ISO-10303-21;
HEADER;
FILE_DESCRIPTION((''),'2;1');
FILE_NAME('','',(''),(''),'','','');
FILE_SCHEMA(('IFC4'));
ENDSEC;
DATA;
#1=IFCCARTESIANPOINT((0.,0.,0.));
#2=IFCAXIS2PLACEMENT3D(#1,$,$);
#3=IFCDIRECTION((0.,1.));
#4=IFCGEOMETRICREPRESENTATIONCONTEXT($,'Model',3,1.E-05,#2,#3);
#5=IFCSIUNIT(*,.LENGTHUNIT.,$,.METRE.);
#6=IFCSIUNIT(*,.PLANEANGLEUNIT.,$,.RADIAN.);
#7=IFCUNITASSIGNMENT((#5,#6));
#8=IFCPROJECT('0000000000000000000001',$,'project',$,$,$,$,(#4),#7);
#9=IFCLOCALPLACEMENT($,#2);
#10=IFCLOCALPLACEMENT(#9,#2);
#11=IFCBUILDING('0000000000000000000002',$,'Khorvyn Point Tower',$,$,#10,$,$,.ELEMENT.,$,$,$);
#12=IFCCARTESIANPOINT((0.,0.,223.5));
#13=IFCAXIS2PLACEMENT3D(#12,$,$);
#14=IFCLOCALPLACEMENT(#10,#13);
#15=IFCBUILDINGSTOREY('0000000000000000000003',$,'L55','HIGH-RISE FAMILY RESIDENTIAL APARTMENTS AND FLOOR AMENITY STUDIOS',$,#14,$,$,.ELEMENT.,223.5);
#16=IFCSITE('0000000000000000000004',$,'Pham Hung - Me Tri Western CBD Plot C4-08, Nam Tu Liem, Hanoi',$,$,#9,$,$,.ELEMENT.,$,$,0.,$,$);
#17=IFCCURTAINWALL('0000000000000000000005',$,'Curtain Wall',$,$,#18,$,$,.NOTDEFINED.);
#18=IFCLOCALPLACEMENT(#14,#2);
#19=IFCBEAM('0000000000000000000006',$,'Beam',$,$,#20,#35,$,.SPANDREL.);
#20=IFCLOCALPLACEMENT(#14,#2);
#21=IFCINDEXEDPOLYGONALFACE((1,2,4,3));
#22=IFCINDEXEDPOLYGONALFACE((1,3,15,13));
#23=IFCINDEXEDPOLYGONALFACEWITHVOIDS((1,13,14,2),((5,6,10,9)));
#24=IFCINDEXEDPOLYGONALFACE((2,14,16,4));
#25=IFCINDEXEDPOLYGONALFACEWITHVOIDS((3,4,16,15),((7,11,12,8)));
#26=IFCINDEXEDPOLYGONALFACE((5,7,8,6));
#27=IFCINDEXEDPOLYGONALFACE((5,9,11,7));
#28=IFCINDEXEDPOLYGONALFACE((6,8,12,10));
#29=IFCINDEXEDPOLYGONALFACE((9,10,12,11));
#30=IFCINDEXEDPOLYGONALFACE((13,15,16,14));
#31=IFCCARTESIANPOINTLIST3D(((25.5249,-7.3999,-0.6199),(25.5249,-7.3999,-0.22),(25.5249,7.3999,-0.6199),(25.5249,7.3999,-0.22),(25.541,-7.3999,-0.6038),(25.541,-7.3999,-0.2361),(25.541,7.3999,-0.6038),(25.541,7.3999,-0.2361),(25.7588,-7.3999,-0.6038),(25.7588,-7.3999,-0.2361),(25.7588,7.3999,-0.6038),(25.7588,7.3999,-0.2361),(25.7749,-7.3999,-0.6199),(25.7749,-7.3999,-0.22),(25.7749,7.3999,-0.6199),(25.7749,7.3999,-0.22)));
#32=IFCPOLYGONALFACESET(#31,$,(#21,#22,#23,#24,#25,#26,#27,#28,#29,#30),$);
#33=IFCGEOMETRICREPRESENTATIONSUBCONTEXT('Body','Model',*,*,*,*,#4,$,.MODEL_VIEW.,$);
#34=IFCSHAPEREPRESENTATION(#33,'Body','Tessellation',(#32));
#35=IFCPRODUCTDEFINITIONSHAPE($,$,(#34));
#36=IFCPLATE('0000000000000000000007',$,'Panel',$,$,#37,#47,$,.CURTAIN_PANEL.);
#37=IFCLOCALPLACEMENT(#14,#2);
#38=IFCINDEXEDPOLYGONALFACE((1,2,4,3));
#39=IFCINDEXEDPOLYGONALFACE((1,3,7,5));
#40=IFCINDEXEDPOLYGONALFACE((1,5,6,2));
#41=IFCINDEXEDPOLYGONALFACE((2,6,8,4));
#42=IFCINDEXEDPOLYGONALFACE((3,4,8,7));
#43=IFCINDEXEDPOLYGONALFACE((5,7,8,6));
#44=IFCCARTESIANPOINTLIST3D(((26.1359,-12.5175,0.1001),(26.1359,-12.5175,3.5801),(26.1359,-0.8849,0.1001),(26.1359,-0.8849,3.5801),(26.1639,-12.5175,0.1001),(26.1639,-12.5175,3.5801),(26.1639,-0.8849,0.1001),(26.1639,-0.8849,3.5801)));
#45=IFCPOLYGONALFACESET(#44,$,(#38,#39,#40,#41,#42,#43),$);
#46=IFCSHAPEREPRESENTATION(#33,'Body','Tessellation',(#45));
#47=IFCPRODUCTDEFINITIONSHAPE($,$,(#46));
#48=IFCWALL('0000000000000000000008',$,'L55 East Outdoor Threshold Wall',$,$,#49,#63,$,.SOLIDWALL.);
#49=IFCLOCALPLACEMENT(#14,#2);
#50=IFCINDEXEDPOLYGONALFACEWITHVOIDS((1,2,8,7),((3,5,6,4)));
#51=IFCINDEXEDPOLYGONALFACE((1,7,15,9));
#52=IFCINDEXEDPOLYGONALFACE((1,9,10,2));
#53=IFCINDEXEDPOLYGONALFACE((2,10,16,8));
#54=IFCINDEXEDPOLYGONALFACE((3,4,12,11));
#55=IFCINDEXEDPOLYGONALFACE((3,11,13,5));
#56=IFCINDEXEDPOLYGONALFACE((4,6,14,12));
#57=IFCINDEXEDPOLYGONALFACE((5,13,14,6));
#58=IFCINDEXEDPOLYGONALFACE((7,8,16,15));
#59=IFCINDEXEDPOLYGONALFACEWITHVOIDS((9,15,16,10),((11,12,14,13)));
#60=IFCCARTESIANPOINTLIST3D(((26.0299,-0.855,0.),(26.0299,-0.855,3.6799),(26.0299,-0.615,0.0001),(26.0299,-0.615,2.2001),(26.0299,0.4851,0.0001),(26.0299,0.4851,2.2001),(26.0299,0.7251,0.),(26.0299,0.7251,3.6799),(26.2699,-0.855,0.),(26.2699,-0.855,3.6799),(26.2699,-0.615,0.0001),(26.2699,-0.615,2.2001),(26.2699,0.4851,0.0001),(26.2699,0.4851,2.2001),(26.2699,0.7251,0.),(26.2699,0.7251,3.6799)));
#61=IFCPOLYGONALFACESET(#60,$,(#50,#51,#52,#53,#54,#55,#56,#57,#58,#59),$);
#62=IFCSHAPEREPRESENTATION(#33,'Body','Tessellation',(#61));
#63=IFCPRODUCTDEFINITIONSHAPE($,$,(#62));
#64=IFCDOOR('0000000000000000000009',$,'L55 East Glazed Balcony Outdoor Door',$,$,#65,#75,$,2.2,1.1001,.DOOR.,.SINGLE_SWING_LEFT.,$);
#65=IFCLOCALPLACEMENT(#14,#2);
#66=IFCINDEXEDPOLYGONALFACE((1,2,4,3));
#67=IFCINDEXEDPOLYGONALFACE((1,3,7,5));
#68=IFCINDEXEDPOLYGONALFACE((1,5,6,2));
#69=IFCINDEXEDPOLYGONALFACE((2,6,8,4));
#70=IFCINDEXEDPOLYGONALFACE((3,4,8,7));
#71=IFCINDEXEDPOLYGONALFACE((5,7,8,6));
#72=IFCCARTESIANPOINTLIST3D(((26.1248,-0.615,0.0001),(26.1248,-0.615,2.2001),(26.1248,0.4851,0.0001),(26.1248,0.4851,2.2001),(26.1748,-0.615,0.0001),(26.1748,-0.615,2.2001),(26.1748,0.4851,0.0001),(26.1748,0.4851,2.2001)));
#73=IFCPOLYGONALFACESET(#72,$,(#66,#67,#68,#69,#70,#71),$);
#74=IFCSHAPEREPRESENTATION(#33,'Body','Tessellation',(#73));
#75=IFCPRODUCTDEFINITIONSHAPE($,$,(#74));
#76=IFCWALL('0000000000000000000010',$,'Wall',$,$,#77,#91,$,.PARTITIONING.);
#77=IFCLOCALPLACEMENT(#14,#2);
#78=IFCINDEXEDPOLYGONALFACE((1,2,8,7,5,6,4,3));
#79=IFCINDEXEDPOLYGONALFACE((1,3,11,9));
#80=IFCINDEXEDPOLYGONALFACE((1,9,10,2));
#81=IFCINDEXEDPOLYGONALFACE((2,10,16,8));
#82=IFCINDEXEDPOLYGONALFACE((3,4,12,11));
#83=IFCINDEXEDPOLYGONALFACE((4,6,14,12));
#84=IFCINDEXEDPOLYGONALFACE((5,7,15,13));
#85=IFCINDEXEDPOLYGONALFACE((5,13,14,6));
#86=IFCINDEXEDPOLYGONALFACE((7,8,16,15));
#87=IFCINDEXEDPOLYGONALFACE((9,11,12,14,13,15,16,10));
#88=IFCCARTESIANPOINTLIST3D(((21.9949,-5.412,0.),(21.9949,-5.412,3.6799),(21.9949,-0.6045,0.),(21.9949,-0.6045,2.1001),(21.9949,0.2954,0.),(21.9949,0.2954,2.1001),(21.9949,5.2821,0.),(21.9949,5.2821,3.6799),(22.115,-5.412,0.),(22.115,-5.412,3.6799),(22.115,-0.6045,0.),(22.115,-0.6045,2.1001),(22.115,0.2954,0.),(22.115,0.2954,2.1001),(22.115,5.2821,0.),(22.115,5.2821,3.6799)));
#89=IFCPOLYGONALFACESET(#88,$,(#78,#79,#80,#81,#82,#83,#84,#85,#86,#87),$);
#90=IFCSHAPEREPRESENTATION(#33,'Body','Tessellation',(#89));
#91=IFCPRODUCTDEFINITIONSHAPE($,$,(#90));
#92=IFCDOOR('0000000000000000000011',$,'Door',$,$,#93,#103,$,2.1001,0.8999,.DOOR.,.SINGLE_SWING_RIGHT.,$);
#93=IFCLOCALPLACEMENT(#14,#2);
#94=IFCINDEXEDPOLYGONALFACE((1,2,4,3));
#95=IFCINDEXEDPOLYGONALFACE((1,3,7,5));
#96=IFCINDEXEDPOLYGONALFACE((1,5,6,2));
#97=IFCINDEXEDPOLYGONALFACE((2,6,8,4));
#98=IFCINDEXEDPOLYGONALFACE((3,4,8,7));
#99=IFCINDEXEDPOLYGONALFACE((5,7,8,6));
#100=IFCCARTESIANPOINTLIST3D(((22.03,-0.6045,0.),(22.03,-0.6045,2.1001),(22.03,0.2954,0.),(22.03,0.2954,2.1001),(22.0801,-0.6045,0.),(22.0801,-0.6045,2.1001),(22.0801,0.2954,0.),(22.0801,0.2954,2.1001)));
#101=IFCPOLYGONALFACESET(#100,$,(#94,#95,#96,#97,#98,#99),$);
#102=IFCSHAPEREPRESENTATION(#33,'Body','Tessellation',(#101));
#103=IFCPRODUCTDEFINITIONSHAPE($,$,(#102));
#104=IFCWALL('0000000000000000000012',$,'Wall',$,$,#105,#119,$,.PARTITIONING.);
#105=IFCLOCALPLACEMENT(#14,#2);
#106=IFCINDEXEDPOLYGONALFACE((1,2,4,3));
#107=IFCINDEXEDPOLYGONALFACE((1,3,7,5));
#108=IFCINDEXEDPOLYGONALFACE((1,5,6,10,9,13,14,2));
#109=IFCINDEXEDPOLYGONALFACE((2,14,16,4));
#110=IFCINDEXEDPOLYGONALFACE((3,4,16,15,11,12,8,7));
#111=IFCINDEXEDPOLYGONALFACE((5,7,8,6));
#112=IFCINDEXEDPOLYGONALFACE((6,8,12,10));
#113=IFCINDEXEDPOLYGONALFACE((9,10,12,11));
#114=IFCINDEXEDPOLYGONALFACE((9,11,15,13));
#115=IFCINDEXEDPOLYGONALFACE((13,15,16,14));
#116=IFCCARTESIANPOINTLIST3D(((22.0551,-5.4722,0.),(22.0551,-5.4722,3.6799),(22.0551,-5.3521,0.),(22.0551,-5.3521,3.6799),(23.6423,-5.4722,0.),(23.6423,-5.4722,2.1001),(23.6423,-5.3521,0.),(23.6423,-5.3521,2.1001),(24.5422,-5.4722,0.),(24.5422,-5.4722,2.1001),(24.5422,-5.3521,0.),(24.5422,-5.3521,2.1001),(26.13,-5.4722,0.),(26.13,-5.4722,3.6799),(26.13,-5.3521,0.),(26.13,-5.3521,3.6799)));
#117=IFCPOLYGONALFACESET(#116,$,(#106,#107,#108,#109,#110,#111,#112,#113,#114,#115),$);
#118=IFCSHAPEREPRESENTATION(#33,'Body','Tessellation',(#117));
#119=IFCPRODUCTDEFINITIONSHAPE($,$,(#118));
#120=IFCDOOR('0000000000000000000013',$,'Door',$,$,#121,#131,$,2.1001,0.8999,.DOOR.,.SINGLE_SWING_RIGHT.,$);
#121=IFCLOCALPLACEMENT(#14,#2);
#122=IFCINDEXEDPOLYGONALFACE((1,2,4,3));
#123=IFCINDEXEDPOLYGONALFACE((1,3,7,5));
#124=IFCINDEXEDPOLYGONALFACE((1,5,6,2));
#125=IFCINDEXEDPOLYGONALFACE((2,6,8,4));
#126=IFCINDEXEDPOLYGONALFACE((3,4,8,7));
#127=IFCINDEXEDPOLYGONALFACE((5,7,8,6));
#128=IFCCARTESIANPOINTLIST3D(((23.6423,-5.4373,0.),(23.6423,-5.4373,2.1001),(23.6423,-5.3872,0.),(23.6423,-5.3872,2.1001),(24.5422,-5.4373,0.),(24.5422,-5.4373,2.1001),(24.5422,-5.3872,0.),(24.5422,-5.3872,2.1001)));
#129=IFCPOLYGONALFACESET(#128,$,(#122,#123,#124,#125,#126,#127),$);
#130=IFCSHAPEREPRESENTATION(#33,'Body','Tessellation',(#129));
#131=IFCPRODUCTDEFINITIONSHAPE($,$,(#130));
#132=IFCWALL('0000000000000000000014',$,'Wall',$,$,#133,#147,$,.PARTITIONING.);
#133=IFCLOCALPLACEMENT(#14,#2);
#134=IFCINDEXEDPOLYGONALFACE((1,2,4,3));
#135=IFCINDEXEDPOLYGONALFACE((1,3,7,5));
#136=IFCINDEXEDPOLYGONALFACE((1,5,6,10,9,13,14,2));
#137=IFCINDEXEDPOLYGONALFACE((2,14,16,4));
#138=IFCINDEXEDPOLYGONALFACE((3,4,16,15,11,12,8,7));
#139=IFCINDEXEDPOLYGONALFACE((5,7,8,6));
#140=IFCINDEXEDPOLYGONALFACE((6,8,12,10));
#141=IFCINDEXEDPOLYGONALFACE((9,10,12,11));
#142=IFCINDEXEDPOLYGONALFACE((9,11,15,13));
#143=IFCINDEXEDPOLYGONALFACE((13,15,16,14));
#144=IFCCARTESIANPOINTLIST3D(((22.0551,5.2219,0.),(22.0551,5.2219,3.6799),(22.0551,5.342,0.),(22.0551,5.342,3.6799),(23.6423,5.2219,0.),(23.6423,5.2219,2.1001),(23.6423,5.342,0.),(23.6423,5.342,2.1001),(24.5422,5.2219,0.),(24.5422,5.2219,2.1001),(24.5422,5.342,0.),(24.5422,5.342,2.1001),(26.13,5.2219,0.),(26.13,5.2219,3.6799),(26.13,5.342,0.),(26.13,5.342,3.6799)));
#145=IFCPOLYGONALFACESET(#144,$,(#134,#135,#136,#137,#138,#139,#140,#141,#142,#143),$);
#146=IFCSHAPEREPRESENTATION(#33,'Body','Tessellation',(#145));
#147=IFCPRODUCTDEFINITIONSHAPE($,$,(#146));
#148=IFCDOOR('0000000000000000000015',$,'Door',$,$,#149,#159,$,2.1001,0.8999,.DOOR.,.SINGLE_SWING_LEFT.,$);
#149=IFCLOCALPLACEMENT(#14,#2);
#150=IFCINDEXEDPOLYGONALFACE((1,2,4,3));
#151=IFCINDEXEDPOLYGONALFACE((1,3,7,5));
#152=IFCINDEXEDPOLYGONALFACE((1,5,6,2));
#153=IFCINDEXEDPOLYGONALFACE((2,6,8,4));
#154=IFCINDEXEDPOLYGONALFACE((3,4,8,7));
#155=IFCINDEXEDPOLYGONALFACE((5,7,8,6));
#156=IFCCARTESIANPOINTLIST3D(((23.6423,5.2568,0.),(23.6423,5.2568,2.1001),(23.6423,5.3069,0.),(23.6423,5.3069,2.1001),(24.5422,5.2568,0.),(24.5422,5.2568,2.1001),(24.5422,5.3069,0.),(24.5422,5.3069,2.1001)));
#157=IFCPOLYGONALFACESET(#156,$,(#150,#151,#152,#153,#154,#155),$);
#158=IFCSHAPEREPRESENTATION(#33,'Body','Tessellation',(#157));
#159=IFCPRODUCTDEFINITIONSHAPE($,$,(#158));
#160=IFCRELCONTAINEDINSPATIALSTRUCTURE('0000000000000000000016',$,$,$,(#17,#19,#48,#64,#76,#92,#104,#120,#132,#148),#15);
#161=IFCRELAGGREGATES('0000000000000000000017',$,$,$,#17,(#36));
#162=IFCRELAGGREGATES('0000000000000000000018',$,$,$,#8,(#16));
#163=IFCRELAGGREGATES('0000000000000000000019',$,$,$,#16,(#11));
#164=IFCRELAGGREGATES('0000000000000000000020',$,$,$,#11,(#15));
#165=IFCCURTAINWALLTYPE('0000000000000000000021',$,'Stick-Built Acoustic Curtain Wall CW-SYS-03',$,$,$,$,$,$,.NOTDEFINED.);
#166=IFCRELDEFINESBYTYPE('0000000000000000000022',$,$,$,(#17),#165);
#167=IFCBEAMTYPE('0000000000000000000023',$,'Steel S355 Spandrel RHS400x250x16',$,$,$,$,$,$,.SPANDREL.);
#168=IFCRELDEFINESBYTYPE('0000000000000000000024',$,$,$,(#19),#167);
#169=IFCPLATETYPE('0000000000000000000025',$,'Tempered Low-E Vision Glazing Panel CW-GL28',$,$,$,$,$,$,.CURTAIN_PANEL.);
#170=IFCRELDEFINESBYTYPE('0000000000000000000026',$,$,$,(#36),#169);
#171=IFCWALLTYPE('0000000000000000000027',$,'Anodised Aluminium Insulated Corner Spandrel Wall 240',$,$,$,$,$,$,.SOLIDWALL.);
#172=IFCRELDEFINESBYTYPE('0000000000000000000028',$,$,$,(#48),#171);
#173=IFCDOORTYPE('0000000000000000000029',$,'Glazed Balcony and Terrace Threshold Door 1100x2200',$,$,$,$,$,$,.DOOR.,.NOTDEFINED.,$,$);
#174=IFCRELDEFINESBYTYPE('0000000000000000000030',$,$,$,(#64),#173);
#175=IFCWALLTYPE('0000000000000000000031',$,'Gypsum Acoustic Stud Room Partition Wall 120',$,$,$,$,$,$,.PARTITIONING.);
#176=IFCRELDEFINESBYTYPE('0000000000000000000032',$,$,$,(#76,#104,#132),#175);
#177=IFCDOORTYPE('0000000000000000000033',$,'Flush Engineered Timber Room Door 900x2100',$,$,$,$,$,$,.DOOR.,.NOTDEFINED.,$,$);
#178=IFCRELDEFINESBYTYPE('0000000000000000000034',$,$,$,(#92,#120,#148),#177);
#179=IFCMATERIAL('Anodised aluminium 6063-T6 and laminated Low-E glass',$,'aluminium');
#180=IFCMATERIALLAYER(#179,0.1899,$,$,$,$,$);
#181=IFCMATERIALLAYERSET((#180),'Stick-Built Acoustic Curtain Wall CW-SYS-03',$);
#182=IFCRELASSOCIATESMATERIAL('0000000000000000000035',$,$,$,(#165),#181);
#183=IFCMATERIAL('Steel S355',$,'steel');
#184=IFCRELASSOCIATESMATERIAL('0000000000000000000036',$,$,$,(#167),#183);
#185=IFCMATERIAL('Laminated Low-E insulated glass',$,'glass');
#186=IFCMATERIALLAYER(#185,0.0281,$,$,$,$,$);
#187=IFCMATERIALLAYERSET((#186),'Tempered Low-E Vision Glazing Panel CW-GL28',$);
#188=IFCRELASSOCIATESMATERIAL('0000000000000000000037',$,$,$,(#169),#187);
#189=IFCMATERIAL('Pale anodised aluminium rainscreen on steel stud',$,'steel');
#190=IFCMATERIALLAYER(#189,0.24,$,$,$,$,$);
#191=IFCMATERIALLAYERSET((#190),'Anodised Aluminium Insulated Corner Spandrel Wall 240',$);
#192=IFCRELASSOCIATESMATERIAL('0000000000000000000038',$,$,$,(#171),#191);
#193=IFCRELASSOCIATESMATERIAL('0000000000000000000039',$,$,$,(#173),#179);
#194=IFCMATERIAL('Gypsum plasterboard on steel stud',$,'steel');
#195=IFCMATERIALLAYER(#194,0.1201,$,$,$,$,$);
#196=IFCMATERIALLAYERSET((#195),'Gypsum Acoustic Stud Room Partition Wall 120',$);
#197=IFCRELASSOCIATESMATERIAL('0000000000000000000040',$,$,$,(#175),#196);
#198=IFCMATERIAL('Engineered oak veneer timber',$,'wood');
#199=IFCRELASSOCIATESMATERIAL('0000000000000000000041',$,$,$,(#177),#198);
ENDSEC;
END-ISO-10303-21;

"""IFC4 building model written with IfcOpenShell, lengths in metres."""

from ifc_helpers import new_model, si_unit, direction, frame, frame_2d, origin, origin_2d, place, context, subcontext, project, spatial, rectangle, hollow_rectangle, extrude, material, layer, layer_set, material_profile, profile_set, type_object, element, fill, aggregate, save


model = new_model("IFC4")

# Units and contexts
model_context = context("Model", 3, precision=1e-05, world=origin(), true_north=direction((0.0, 1.0)))
body_context = subcontext(model_context, "Body", "Model", "MODEL_VIEW")
ifc_project = project(units=[si_unit("LENGTHUNIT", "METRE"), si_unit("PLANEANGLEUNIT", "RADIAN")], contexts=[model_context])

# Site, building, storey
site_placement = place(None, origin())
site = spatial("IfcSite", under=ifc_project, at=site_placement, Name="Pham Hung - Me Tri Western CBD Plot C4-08, Nam Tu Liem, Hanoi", CompositionType="ELEMENT", RefElevation=0.0)
building_placement = place(site_placement, origin())
building = spatial("IfcBuilding", under=site, at=building_placement, Name="Khorvyn Point Tower", CompositionType="ELEMENT")
storey_placement = place(building_placement, frame((0.0, 0.0, 223.5)))
storey = spatial("IfcBuildingStorey", under=building, at=storey_placement, Name="L55", Description="HIGH-RISE FAMILY RESIDENTIAL APARTMENTS AND FLOOR AMENITY STUDIOS", CompositionType="ELEMENT", Elevation=223.5)

# Shared definitions
ifc_material_1 = material(Name="Anodised aluminium 6063-T6 and laminated Low-E glass", Category="aluminium")
ifc_layer_1 = layer(ifc_material_1, 0.1899)
ifc_layer_set_1 = layer_set([ifc_layer_1], Name="Stick-Built Acoustic Curtain Wall CW-SYS-03")
curtain_wall_type = type_object("IfcCurtainWallType", Name="Stick-Built Acoustic Curtain Wall CW-SYS-03", PredefinedType="NOTDEFINED", material=ifc_layer_set_1)

# Curtain wall
curtain_wall_1_placement = place(storey_placement, origin())
curtain_wall_1 = element("IfcCurtainWall", 1, at=curtain_wall_1_placement, inside=storey, type_object=curtain_wall_type, Name="Curtain Wall", PredefinedType="NOTDEFINED")

# Beam
ifc_material_2 = material(Name="Steel S355", Category="steel")
ifc_material_profile_1 = material_profile(ifc_material_2, hollow_rectangle(XDim=0.25, YDim=0.3999, WallThickness=0.0161, at=origin_2d()))
ifc_profile_set_1 = profile_set([ifc_material_profile_1], Name="Steel S355 RHS400x250x16")
beam_type_1 = type_object("IfcBeamType", Name="Steel S355 Spandrel RHS400x250x16", PredefinedType="SPANDREL", material=ifc_profile_set_1)
beam_1_placement = place(storey_placement, frame((25.6499, -7.3999, -0.4199), z_axis=(0.0, 1.0, 0.0), x_axis=(-1.0, 0.0, 0.0)))
element("IfcBeam", 2, at=beam_1_placement, inside=storey, type_object=beam_type_1, Name="Beam", PredefinedType="SPANDREL", context=body_context, shape_type="SweptSolid", body=[
    extrude(hollow_rectangle(XDim=0.25, YDim=0.3999, WallThickness=0.0161, at=origin_2d()), origin(), (0.0, 0.0, 1.0), 14.7998),
])

# Plate
ifc_material_3 = material(Name="Laminated Low-E insulated glass", Category="glass")
ifc_layer_2 = layer(ifc_material_3, 0.0281)
ifc_layer_set_2 = layer_set([ifc_layer_2], Name="Tempered Low-E Vision Glazing Panel CW-GL28")
plate_type = type_object("IfcPlateType", Name="Tempered Low-E Vision Glazing Panel CW-GL28", PredefinedType="CURTAIN_PANEL", material=ifc_layer_set_2)
plate_placement = place(storey_placement, frame((26.1499, -6.7012, 0.1001), z_axis=(0.0, 0.0, 1.0), x_axis=(0.0, -1.0, 0.0)))
plate = element("IfcPlate", 3, at=plate_placement, type_object=plate_type, Name="Panel", PredefinedType="CURTAIN_PANEL", context=body_context, shape_type="SweptSolid", body=[
    extrude(rectangle(XDim=11.6326, YDim=0.0281, at=origin_2d()), origin(), (0.0, 0.0, 1.0), 3.48),
])
aggregate(curtain_wall_1, [plate])

# Walls, openings, doors
ifc_material_4 = material(Name="Pale anodised aluminium rainscreen on steel stud", Category="steel")
ifc_layer_3 = layer(ifc_material_4, 0.24)
ifc_layer_set_3 = layer_set([ifc_layer_3], Name="Anodised Aluminium Insulated Corner Spandrel Wall 240")
wall_type_1 = type_object("IfcWallType", Name="Anodised Aluminium Insulated Corner Spandrel Wall 240", PredefinedType="SOLIDWALL", material=ifc_layer_set_3)
wall_1_placement = place(storey_placement, frame((26.1499, 0.7251, 0.0), z_axis=(0.0, 0.0, 1.0), x_axis=(0.0, -1.0, 0.0)))
wall_1 = element("IfcWall", 4, at=wall_1_placement, inside=storey, type_object=wall_type_1, Name="L55 East Outdoor Threshold Wall", PredefinedType="SOLIDWALL", context=body_context, shape_type="SweptSolid", body=[
    extrude(rectangle(XDim=1.5801, YDim=0.24, at=frame_2d((0.79, 0.0))), origin(), (0.0, 0.0, 1.0), 3.6799),
])
opening_1_placement = place(wall_1_placement, frame((0.24, 0.0, 0.0)))
opening_1 = element("IfcOpeningElement", 5, at=opening_1_placement, cuts=wall_1, PredefinedType="OPENING", context=body_context, shape_type="SweptSolid", body=[
    extrude(rectangle(XDim=1.1001, YDim=2.2, at=frame_2d((0.55, 1.1001))), frame((0.0, 0.1299, 0.0), z_axis=(0.0, -1.0, 0.0), x_axis=(1.0, 0.0, 0.0)), (0.0, 0.0, 1.0), 0.26),
])
door_type_1 = type_object("IfcDoorType", Name="Glazed Balcony and Terrace Threshold Door 1100x2200", OperationType="NOTDEFINED", PredefinedType="DOOR", material=ifc_material_1)
door_1_placement = place(opening_1_placement, origin())
door_1 = element("IfcDoor", 6, at=door_1_placement, inside=storey, type_object=door_type_1, Name="L55 East Glazed Balcony Outdoor Door", OperationType="SINGLE_SWING_LEFT", OverallHeight=2.2, OverallWidth=1.1001, PredefinedType="DOOR", context=body_context, shape_type="SweptSolid", body=[
    extrude(rectangle(XDim=1.1001, YDim=2.2, at=frame_2d((0.55, 1.1001))), frame((0.0, 0.0249, 0.0), z_axis=(0.0, -1.0, 0.0), x_axis=(1.0, 0.0, 0.0)), (0.0, 0.0, 1.0), 0.05),
])
fill(opening_1, door_1)
ifc_material_5 = material(Name="Gypsum plasterboard on steel stud", Category="steel")
ifc_layer_4 = layer(ifc_material_5, 0.1201)
ifc_layer_set_4 = layer_set([ifc_layer_4], Name="Gypsum Acoustic Stud Room Partition Wall 120")
wall_type_2 = type_object("IfcWallType", Name="Gypsum Acoustic Stud Room Partition Wall 120", PredefinedType="PARTITIONING", material=ifc_layer_set_4)
wall_2_placement = place(storey_placement, frame((22.0549, -5.4121, 0.0), z_axis=(0.0, 0.0, 1.0), x_axis=(0.0, 1.0, 0.0)))
wall_2 = element("IfcWall", 7, at=wall_2_placement, inside=storey, type_object=wall_type_2, Name="Wall", PredefinedType="PARTITIONING", context=body_context, shape_type="SweptSolid", body=[
    extrude(rectangle(XDim=10.6941, YDim=0.1201, at=frame_2d((5.3472, 0.0))), origin(), (0.0, 0.0, 1.0), 3.6799),
])
opening_2_placement = place(wall_2_placement, frame((4.8076, 0.0, 0.0)))
opening_2 = element("IfcOpeningElement", 8, at=opening_2_placement, cuts=wall_2, PredefinedType="OPENING", context=body_context, shape_type="SweptSolid", body=[
    extrude(rectangle(XDim=0.8999, YDim=2.1001, at=frame_2d((0.45, 1.05))), frame((0.0, 0.0701, 0.0), z_axis=(0.0, -1.0, 0.0), x_axis=(1.0, 0.0, 0.0)), (0.0, 0.0, 1.0), 0.1401),
])
ifc_material_6 = material(Name="Engineered oak veneer timber", Category="wood")
door_type_2 = type_object("IfcDoorType", Name="Flush Engineered Timber Room Door 900x2100", OperationType="NOTDEFINED", PredefinedType="DOOR", material=ifc_material_6)
door_2_placement = place(opening_2_placement, origin())
door_2 = element("IfcDoor", 9, at=door_2_placement, inside=storey, type_object=door_type_2, Name="Door", OperationType="SINGLE_SWING_RIGHT", OverallHeight=2.1001, OverallWidth=0.8999, PredefinedType="DOOR", context=body_context, shape_type="SweptSolid", body=[
    extrude(rectangle(XDim=0.8999, YDim=2.1001, at=frame_2d((0.45, 1.05))), frame((0.0, 0.0249, 0.0), z_axis=(0.0, -1.0, 0.0), x_axis=(1.0, 0.0, 0.0)), (0.0, 0.0, 1.0), 0.05),
])
fill(opening_2, door_2)
wall_3_placement = place(storey_placement, frame((22.0549, -5.4121, 0.0), z_axis=(0.0, 0.0, 1.0), x_axis=(1.0, 0.0, 0.0)))
wall_3 = element("IfcWall", 10, at=wall_3_placement, inside=storey, type_object=wall_type_2, Name="Wall", PredefinedType="PARTITIONING", context=body_context, shape_type="SweptSolid", body=[
    extrude(rectangle(XDim=4.075, YDim=0.1201, at=frame_2d((2.0376, 0.0))), origin(), (0.0, 0.0, 1.0), 3.6799),
])
opening_3_placement = place(wall_3_placement, frame((1.5874, 0.0, 0.0)))
opening_3 = element("IfcOpeningElement", 11, at=opening_3_placement, cuts=wall_3, PredefinedType="OPENING", context=body_context, shape_type="SweptSolid", body=[
    extrude(rectangle(XDim=0.8999, YDim=2.1001, at=frame_2d((0.45, 1.05))), frame((0.0, 0.0701, 0.0), z_axis=(0.0, -1.0, 0.0), x_axis=(1.0, 0.0, 0.0)), (0.0, 0.0, 1.0), 0.1401),
])
door_3_placement = place(opening_3_placement, origin())
door_3 = element("IfcDoor", 12, at=door_3_placement, inside=storey, type_object=door_type_2, Name="Door", OperationType="SINGLE_SWING_RIGHT", OverallHeight=2.1001, OverallWidth=0.8999, PredefinedType="DOOR", context=body_context, shape_type="SweptSolid", body=[
    extrude(rectangle(XDim=0.8999, YDim=2.1001, at=frame_2d((0.45, 1.05))), frame((0.0, 0.0249, 0.0), z_axis=(0.0, -1.0, 0.0), x_axis=(1.0, 0.0, 0.0)), (0.0, 0.0, 1.0), 0.05),
])
fill(opening_3, door_3)
wall_4_placement = place(storey_placement, frame((22.0549, 5.282, 0.0), z_axis=(0.0, 0.0, 1.0), x_axis=(1.0, 0.0, 0.0)))
wall_4 = element("IfcWall", 13, at=wall_4_placement, inside=storey, type_object=wall_type_2, Name="Wall", PredefinedType="PARTITIONING", context=body_context, shape_type="SweptSolid", body=[
    extrude(rectangle(XDim=4.075, YDim=0.1201, at=frame_2d((2.0376, 0.0))), origin(), (0.0, 0.0, 1.0), 3.6799),
])
opening_4_placement = place(wall_4_placement, frame((1.5874, 0.0, 0.0)))
opening_4 = element("IfcOpeningElement", 14, at=opening_4_placement, cuts=wall_4, PredefinedType="OPENING", context=body_context, shape_type="SweptSolid", body=[
    extrude(rectangle(XDim=0.8999, YDim=2.1001, at=frame_2d((0.45, 1.05))), frame((0.0, 0.0701, 0.0), z_axis=(0.0, -1.0, 0.0), x_axis=(1.0, 0.0, 0.0)), (0.0, 0.0, 1.0), 0.1401),
])
door_4_placement = place(opening_4_placement, origin())
door_4 = element("IfcDoor", 15, at=door_4_placement, inside=storey, type_object=door_type_2, Name="Door", OperationType="SINGLE_SWING_LEFT", OverallHeight=2.1001, OverallWidth=0.8999, PredefinedType="DOOR", context=body_context, shape_type="SweptSolid", body=[
    extrude(rectangle(XDim=0.8999, YDim=2.1001, at=frame_2d((0.45, 1.05))), frame((0.0, 0.0249, 0.0), z_axis=(0.0, -1.0, 0.0), x_axis=(1.0, 0.0, 0.0)), (0.0, 0.0, 1.0), 0.05),
])
fill(opening_4, door_4)

save(model, "model.ifc")
